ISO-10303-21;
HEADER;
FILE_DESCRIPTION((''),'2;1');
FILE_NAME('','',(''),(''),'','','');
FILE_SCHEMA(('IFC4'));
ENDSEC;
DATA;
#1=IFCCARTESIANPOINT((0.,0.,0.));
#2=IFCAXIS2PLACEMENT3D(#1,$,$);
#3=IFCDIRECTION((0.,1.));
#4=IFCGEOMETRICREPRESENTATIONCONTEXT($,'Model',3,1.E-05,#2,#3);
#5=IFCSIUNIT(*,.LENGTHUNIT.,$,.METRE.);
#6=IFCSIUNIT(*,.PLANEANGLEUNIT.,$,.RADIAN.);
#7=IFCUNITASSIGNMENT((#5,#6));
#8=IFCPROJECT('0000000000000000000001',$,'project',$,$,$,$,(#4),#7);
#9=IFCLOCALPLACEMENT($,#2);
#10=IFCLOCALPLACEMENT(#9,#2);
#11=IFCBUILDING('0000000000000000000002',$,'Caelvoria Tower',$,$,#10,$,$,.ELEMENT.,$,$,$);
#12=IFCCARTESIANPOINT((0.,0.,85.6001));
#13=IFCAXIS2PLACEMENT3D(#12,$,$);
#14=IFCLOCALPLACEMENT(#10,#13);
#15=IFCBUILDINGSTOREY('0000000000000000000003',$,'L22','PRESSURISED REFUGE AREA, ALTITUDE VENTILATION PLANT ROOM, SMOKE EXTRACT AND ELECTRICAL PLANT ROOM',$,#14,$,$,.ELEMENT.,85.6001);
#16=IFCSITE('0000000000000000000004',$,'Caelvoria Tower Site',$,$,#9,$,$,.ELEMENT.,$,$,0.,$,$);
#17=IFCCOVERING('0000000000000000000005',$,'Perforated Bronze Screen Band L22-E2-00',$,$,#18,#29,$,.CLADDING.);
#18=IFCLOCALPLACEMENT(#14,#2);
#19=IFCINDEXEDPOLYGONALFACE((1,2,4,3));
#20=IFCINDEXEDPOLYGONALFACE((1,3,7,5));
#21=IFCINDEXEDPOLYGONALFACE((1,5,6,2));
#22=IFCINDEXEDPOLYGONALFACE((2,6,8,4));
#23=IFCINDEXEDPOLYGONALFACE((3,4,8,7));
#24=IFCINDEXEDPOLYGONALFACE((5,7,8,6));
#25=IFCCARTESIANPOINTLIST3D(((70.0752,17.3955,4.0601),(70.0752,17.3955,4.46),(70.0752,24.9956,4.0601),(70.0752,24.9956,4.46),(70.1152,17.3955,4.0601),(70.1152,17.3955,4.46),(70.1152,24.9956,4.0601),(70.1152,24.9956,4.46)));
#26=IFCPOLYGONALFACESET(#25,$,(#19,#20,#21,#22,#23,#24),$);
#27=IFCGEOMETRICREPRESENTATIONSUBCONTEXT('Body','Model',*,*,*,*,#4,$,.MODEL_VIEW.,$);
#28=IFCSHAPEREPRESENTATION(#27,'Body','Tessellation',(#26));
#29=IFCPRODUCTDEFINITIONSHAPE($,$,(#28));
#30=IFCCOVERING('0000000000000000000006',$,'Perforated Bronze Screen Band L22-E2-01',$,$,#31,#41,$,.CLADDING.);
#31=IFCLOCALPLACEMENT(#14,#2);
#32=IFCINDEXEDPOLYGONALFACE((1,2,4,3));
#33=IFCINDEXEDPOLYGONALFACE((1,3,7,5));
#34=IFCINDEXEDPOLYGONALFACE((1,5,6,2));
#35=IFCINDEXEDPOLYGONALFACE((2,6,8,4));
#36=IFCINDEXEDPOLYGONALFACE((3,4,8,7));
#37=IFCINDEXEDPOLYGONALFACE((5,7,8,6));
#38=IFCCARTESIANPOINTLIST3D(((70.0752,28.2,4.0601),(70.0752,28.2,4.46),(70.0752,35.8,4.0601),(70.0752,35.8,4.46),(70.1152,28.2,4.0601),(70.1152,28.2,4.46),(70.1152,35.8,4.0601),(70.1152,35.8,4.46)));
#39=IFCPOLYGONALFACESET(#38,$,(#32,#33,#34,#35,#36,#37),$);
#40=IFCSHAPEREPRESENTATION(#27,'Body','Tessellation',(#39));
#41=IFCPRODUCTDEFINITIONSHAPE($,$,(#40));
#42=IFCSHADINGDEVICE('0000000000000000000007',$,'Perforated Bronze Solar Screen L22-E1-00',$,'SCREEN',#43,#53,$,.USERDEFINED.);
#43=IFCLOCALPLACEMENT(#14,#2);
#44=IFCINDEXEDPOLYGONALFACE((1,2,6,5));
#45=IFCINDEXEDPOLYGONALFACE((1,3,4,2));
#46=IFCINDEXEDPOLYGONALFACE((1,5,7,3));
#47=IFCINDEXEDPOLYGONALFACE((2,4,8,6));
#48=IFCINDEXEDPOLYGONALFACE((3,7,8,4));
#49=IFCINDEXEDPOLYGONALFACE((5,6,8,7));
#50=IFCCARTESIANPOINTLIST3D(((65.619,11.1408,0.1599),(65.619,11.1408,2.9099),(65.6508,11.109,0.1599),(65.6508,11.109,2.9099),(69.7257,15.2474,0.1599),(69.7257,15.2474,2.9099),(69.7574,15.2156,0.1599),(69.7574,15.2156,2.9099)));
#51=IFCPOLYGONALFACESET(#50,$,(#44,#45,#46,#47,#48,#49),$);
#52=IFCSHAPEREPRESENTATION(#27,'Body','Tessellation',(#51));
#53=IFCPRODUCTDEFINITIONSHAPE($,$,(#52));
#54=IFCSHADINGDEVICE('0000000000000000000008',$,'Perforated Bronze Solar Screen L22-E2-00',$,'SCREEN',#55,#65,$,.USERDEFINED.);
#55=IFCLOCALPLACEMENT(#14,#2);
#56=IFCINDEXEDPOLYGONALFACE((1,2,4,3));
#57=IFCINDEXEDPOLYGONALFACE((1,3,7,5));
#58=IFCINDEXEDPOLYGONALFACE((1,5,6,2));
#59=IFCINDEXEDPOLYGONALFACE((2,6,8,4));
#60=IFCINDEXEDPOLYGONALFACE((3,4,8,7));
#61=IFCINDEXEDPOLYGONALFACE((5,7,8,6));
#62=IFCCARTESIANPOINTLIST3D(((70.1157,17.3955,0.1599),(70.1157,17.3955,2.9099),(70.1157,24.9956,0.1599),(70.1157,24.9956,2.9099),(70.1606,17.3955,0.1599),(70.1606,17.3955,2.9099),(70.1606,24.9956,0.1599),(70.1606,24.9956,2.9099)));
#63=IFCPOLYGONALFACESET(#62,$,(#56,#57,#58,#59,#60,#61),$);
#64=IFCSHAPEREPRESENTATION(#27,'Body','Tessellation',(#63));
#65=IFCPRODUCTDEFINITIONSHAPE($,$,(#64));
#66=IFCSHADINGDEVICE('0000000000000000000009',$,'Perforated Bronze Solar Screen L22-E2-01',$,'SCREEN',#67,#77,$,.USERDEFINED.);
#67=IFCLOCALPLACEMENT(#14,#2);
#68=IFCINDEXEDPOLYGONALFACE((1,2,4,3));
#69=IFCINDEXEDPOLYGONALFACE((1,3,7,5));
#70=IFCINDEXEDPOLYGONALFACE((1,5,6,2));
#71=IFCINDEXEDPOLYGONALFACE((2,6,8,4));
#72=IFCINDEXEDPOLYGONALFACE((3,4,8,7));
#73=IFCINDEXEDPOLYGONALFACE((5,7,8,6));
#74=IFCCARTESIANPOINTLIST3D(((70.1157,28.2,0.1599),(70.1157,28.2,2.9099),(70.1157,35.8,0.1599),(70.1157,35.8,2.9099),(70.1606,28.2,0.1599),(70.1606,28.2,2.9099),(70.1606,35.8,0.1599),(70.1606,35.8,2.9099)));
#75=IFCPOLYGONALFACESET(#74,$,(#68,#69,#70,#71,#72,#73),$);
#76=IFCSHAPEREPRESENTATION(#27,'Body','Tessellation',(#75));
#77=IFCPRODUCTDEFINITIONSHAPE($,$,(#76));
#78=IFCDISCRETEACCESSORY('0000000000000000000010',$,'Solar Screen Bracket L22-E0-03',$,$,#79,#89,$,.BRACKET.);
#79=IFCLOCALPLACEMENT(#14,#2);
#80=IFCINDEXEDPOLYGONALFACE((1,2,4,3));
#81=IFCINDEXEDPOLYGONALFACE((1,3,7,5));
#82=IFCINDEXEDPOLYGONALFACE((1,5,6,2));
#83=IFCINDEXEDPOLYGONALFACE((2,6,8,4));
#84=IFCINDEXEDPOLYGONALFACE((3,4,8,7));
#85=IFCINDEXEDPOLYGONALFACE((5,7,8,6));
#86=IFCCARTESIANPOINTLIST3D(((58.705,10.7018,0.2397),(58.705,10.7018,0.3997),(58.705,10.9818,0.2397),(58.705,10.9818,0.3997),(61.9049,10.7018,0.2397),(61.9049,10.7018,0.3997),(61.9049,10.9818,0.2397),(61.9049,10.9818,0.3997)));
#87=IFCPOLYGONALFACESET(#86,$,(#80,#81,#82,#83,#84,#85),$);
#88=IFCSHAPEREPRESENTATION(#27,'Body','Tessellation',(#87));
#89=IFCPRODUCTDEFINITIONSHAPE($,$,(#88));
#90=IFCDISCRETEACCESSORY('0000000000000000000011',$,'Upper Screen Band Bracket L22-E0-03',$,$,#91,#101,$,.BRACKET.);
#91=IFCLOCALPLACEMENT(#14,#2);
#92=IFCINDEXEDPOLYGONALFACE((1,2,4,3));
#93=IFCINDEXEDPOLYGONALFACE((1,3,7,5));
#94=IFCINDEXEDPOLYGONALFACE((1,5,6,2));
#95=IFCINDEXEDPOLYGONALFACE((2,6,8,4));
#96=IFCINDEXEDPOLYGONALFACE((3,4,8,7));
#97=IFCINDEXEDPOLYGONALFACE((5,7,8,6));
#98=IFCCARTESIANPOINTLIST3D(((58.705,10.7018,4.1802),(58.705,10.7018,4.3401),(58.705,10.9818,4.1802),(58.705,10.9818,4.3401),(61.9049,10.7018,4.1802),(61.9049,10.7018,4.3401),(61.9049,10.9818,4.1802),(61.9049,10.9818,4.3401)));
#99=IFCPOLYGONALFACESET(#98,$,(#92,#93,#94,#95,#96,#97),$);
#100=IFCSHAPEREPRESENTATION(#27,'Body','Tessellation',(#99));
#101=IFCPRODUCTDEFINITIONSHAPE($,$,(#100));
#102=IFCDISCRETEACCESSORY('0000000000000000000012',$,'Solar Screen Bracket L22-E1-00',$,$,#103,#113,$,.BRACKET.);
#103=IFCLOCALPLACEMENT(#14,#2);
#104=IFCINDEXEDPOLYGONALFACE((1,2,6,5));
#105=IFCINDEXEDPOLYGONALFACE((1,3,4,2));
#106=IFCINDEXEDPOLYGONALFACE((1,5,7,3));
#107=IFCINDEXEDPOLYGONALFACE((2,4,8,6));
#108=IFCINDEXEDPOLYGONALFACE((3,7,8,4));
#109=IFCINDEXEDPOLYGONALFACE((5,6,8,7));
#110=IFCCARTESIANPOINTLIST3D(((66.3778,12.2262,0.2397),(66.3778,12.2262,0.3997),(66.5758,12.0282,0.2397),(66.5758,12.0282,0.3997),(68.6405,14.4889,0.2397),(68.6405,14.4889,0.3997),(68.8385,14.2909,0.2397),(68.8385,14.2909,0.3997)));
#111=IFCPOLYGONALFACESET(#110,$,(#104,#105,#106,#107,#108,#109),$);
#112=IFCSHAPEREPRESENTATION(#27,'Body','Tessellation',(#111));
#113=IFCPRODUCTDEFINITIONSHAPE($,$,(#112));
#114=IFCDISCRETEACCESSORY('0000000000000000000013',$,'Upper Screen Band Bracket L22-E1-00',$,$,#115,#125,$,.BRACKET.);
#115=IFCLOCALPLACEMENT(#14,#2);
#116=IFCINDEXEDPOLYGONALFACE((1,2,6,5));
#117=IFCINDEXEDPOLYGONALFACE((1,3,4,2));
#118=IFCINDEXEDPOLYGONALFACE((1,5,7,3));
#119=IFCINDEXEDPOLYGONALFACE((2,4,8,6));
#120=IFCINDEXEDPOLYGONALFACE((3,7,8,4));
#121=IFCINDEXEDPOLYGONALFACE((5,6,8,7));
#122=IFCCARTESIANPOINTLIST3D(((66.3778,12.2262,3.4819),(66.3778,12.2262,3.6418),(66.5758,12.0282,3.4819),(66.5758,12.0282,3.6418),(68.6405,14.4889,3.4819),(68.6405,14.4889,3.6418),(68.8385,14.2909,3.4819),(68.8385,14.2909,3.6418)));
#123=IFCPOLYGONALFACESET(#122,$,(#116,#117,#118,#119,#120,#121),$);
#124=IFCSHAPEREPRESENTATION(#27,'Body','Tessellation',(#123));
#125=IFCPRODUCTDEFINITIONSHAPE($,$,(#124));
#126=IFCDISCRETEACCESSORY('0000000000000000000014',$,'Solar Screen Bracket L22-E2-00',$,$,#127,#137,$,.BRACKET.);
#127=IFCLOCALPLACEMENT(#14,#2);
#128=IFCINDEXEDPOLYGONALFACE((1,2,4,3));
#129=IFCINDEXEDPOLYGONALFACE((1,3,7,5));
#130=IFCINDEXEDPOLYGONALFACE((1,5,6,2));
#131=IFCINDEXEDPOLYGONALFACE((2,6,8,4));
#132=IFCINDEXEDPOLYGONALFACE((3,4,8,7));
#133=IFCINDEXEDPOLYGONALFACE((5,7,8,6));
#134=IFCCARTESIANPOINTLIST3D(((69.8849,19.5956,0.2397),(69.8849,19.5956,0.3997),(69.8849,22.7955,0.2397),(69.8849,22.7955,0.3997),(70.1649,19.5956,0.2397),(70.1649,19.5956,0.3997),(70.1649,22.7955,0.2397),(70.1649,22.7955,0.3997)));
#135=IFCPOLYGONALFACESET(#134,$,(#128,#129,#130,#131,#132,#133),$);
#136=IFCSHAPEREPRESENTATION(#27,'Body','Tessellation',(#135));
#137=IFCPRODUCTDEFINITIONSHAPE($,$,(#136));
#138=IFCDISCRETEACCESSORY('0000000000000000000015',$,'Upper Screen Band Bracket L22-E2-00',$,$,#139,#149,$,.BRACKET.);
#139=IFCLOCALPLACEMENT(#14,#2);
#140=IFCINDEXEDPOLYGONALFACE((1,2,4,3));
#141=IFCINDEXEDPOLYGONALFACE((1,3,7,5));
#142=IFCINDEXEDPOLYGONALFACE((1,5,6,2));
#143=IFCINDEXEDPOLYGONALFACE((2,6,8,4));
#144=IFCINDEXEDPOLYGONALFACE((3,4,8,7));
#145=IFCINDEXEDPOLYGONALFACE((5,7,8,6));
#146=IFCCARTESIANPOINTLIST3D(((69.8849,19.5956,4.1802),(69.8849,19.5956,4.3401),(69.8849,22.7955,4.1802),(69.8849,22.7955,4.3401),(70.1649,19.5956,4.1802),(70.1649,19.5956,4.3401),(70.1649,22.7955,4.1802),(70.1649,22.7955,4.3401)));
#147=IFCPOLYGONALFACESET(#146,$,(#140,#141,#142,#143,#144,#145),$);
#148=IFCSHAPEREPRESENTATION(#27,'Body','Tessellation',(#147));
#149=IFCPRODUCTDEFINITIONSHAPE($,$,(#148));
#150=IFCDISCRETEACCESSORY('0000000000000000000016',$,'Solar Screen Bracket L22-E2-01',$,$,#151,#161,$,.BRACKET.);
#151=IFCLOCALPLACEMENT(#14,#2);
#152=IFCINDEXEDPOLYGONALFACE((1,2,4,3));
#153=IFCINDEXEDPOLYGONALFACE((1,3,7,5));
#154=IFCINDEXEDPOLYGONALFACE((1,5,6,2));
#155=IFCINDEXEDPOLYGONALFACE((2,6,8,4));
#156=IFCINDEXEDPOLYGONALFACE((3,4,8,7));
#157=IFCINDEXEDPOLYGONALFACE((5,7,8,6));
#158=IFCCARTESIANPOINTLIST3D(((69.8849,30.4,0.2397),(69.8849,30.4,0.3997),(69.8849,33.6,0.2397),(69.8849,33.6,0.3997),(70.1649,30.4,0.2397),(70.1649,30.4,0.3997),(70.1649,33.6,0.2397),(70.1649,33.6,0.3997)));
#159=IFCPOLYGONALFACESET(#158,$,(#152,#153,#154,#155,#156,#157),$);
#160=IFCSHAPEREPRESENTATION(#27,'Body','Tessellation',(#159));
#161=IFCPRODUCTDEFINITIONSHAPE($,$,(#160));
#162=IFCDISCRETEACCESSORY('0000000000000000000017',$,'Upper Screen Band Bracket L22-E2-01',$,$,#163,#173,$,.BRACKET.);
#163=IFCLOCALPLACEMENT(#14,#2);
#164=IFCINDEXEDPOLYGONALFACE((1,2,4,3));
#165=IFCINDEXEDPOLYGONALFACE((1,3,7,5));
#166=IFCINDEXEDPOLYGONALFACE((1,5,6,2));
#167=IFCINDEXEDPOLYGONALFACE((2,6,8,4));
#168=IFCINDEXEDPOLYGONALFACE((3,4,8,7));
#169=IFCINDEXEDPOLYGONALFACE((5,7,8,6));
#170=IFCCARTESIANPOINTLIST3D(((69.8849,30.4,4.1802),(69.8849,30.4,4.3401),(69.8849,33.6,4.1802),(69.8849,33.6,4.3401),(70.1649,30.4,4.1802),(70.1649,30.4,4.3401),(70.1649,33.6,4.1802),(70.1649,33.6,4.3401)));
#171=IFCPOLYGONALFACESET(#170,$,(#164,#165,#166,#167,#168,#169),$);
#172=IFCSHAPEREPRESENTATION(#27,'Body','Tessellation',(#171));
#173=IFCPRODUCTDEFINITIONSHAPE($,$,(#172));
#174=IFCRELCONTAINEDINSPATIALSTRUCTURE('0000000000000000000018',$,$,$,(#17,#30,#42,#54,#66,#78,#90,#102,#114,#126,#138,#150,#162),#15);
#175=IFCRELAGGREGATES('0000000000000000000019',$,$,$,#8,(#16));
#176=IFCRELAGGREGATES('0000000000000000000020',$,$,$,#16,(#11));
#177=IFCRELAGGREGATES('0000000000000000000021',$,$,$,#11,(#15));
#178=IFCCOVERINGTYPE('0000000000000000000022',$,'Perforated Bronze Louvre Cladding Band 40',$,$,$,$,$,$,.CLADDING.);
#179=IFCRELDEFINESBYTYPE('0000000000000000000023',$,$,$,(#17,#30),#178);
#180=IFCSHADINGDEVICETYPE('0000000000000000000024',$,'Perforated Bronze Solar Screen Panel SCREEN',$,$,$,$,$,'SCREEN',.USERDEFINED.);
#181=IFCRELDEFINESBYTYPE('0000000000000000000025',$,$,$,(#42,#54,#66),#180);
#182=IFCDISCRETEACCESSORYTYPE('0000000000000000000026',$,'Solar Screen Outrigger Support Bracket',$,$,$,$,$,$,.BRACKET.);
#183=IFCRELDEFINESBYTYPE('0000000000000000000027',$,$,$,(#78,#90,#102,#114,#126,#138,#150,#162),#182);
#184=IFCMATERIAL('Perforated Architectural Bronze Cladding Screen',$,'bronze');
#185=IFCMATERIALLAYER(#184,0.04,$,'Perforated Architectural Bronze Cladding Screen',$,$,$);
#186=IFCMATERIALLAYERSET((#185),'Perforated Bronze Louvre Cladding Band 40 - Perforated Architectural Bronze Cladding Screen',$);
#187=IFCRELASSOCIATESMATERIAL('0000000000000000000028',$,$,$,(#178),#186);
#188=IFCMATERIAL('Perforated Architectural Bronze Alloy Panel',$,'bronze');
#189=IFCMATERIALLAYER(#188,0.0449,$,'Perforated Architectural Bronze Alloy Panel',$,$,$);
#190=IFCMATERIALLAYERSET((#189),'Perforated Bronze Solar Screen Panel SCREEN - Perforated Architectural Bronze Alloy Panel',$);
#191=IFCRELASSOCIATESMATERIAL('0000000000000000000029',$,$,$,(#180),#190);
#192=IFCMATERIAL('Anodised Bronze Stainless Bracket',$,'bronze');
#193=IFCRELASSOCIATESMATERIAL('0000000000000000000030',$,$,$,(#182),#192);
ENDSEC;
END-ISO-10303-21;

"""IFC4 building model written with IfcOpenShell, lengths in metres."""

from ifc_helpers import new_model, si_unit, direction, frame, origin, origin_2d, place, context, subcontext, project, spatial, rectangle, extrude, material, layer, layer_set, type_object, element, save


model = new_model("IFC4")

# Units and contexts
model_context = context("Model", 3, precision=1e-05, world=origin(), true_north=direction((0.0, 1.0)))
body_context = subcontext(model_context, "Body", "Model", "MODEL_VIEW")
ifc_project = project(units=[si_unit("LENGTHUNIT", "METRE"), si_unit("PLANEANGLEUNIT", "RADIAN")], contexts=[model_context])

# Site, building, storey
site_placement = place(None, origin())
site = spatial("IfcSite", under=ifc_project, at=site_placement, Name="Caelvoria Tower Site", CompositionType="ELEMENT", RefElevation=0.0)
building_placement = place(site_placement, origin())
building = spatial("IfcBuilding", under=site, at=building_placement, Name="Caelvoria Tower", CompositionType="ELEMENT")
storey_placement = place(building_placement, frame((0.0, 0.0, 85.6001)))
storey = spatial("IfcBuildingStorey", under=building, at=storey_placement, Name="L22", Description="PRESSURISED REFUGE AREA, ALTITUDE VENTILATION PLANT ROOM, SMOKE EXTRACT AND ELECTRICAL PLANT ROOM", CompositionType="ELEMENT", Elevation=85.6001)

# Coverings
ifc_material_1 = material(Name="Perforated Architectural Bronze Cladding Screen", Category="bronze")
ifc_layer_1 = layer(ifc_material_1, 0.04, Name="Perforated Architectural Bronze Cladding Screen")
ifc_layer_set_1 = layer_set([ifc_layer_1], Name="Perforated Bronze Louvre Cladding Band 40 - Perforated Architectural Bronze Cladding Screen")
covering_type = type_object("IfcCoveringType", Name="Perforated Bronze Louvre Cladding Band 40", PredefinedType="CLADDING", material=ifc_layer_set_1)
for number, where, z_axis, x_axis, name in (
    (1, (70.0952, 21.1956, 4.0601), (0.0, 0.0, 1.0), (0.0, 1.0, 0.0), "Perforated Bronze Screen Band L22-E2-00"),
    (2, (70.0952, 32.0, 4.0601), (0.0, 0.0, 1.0), (0.0, 1.0, 0.0), "Perforated Bronze Screen Band L22-E2-01"),
):
    element("IfcCovering", number, at=place(storey_placement, frame(where, z_axis=z_axis, x_axis=x_axis)), inside=storey, type_object=covering_type, Name=name, PredefinedType="CLADDING", context=body_context, shape_type="SweptSolid", body=[
        extrude(rectangle(XDim=7.6001, YDim=0.04, at=origin_2d()), origin(), (0.0, 0.0, 1.0), 0.3999),
    ])

# Shading devices
ifc_material_2 = material(Name="Perforated Architectural Bronze Alloy Panel", Category="bronze")
ifc_layer_2 = layer(ifc_material_2, 0.0449, Name="Perforated Architectural Bronze Alloy Panel")
ifc_layer_set_2 = layer_set([ifc_layer_2], Name="Perforated Bronze Solar Screen Panel SCREEN - Perforated Architectural Bronze Alloy Panel")
shading_device_type = type_object("IfcShadingDeviceType", Name="Perforated Bronze Solar Screen Panel SCREEN", ElementType="SCREEN", PredefinedType="USERDEFINED", material=ifc_layer_set_2)
shading_device_placement = place(storey_placement, frame((67.6882, 13.1782, 0.1599), z_axis=(0.0, 0.0, 1.0), x_axis=(0.707107, 0.707107, 0.0)))
element("IfcShadingDevice", 3, at=shading_device_placement, inside=storey, type_object=shading_device_type, Name="Perforated Bronze Solar Screen L22-E1-00", ObjectType="SCREEN", PredefinedType="USERDEFINED", context=body_context, shape_type="SweptSolid", body=[
    extrude(rectangle(XDim=5.8076, YDim=0.0449, at=origin_2d()), origin(), (0.0, 0.0, 1.0), 2.75),
])
for number, where, z_axis, x_axis, name in (
    (4, (70.1382, 21.1956, 0.1599), (0.0, 0.0, 1.0), (0.0, 1.0, 0.0), "Perforated Bronze Solar Screen L22-E2-00"),
    (5, (70.1382, 32.0, 0.1599), (0.0, 0.0, 1.0), (0.0, 1.0, 0.0), "Perforated Bronze Solar Screen L22-E2-01"),
):
    element("IfcShadingDevice", number, at=place(storey_placement, frame(where, z_axis=z_axis, x_axis=x_axis)), inside=storey, type_object=shading_device_type, Name=name, ObjectType="SCREEN", PredefinedType="USERDEFINED", context=body_context, shape_type="SweptSolid", body=[
        extrude(rectangle(XDim=7.6001, YDim=0.0449, at=origin_2d()), origin(), (0.0, 0.0, 1.0), 2.75),
    ])

# Discrete accessories
ifc_material_3 = material(Name="Anodised Bronze Stainless Bracket", Category="bronze")
discrete_accessory_type = type_object("IfcDiscreteAccessoryType", Name="Solar Screen Outrigger Support Bracket", PredefinedType="BRACKET", material=ifc_material_3)
for number, where, z_axis, x_axis, name in (
    (6, (60.3049, 10.8418, 0.2397), (0.0, 0.0, 1.0), (1.0, 0.0, 0.0), "Solar Screen Bracket L22-E0-03"),
    (7, (60.3049, 10.8418, 4.1802), (0.0, 0.0, 1.0), (1.0, 0.0, 0.0), "Upper Screen Band Bracket L22-E0-03"),
    (8, (67.6082, 13.2585, 0.2397), (0.0, 0.0, 1.0), (0.707107, 0.707107, 0.0), "Solar Screen Bracket L22-E1-00"),
    (9, (67.6082, 13.2585, 3.4819), (0.0, 0.0, 1.0), (0.707107, 0.707107, 0.0), "Upper Screen Band Bracket L22-E1-00"),
    (10, (70.0249, 21.1956, 0.2397), (0.0, 0.0, 1.0), (0.0, 1.0, 0.0), "Solar Screen Bracket L22-E2-00"),
    (11, (70.0249, 21.1956, 4.1802), (0.0, 0.0, 1.0), (0.0, 1.0, 0.0), "Upper Screen Band Bracket L22-E2-00"),
    (12, (70.0249, 32.0, 0.2397), (0.0, 0.0, 1.0), (0.0, 1.0, 0.0), "Solar Screen Bracket L22-E2-01"),
    (13, (70.0249, 32.0, 4.1802), (0.0, 0.0, 1.0), (0.0, 1.0, 0.0), "Upper Screen Band Bracket L22-E2-01"),
):
    element("IfcDiscreteAccessory", number, at=place(storey_placement, frame(where, z_axis=z_axis, x_axis=x_axis)), inside=storey, type_object=discrete_accessory_type, Name=name, PredefinedType="BRACKET", context=body_context, shape_type="SweptSolid", body=[
        extrude(rectangle(XDim=3.2, YDim=0.28, at=origin_2d()), origin(), (0.0, 0.0, 1.0), 0.1599),
    ])

save(model, "model.ifc")
